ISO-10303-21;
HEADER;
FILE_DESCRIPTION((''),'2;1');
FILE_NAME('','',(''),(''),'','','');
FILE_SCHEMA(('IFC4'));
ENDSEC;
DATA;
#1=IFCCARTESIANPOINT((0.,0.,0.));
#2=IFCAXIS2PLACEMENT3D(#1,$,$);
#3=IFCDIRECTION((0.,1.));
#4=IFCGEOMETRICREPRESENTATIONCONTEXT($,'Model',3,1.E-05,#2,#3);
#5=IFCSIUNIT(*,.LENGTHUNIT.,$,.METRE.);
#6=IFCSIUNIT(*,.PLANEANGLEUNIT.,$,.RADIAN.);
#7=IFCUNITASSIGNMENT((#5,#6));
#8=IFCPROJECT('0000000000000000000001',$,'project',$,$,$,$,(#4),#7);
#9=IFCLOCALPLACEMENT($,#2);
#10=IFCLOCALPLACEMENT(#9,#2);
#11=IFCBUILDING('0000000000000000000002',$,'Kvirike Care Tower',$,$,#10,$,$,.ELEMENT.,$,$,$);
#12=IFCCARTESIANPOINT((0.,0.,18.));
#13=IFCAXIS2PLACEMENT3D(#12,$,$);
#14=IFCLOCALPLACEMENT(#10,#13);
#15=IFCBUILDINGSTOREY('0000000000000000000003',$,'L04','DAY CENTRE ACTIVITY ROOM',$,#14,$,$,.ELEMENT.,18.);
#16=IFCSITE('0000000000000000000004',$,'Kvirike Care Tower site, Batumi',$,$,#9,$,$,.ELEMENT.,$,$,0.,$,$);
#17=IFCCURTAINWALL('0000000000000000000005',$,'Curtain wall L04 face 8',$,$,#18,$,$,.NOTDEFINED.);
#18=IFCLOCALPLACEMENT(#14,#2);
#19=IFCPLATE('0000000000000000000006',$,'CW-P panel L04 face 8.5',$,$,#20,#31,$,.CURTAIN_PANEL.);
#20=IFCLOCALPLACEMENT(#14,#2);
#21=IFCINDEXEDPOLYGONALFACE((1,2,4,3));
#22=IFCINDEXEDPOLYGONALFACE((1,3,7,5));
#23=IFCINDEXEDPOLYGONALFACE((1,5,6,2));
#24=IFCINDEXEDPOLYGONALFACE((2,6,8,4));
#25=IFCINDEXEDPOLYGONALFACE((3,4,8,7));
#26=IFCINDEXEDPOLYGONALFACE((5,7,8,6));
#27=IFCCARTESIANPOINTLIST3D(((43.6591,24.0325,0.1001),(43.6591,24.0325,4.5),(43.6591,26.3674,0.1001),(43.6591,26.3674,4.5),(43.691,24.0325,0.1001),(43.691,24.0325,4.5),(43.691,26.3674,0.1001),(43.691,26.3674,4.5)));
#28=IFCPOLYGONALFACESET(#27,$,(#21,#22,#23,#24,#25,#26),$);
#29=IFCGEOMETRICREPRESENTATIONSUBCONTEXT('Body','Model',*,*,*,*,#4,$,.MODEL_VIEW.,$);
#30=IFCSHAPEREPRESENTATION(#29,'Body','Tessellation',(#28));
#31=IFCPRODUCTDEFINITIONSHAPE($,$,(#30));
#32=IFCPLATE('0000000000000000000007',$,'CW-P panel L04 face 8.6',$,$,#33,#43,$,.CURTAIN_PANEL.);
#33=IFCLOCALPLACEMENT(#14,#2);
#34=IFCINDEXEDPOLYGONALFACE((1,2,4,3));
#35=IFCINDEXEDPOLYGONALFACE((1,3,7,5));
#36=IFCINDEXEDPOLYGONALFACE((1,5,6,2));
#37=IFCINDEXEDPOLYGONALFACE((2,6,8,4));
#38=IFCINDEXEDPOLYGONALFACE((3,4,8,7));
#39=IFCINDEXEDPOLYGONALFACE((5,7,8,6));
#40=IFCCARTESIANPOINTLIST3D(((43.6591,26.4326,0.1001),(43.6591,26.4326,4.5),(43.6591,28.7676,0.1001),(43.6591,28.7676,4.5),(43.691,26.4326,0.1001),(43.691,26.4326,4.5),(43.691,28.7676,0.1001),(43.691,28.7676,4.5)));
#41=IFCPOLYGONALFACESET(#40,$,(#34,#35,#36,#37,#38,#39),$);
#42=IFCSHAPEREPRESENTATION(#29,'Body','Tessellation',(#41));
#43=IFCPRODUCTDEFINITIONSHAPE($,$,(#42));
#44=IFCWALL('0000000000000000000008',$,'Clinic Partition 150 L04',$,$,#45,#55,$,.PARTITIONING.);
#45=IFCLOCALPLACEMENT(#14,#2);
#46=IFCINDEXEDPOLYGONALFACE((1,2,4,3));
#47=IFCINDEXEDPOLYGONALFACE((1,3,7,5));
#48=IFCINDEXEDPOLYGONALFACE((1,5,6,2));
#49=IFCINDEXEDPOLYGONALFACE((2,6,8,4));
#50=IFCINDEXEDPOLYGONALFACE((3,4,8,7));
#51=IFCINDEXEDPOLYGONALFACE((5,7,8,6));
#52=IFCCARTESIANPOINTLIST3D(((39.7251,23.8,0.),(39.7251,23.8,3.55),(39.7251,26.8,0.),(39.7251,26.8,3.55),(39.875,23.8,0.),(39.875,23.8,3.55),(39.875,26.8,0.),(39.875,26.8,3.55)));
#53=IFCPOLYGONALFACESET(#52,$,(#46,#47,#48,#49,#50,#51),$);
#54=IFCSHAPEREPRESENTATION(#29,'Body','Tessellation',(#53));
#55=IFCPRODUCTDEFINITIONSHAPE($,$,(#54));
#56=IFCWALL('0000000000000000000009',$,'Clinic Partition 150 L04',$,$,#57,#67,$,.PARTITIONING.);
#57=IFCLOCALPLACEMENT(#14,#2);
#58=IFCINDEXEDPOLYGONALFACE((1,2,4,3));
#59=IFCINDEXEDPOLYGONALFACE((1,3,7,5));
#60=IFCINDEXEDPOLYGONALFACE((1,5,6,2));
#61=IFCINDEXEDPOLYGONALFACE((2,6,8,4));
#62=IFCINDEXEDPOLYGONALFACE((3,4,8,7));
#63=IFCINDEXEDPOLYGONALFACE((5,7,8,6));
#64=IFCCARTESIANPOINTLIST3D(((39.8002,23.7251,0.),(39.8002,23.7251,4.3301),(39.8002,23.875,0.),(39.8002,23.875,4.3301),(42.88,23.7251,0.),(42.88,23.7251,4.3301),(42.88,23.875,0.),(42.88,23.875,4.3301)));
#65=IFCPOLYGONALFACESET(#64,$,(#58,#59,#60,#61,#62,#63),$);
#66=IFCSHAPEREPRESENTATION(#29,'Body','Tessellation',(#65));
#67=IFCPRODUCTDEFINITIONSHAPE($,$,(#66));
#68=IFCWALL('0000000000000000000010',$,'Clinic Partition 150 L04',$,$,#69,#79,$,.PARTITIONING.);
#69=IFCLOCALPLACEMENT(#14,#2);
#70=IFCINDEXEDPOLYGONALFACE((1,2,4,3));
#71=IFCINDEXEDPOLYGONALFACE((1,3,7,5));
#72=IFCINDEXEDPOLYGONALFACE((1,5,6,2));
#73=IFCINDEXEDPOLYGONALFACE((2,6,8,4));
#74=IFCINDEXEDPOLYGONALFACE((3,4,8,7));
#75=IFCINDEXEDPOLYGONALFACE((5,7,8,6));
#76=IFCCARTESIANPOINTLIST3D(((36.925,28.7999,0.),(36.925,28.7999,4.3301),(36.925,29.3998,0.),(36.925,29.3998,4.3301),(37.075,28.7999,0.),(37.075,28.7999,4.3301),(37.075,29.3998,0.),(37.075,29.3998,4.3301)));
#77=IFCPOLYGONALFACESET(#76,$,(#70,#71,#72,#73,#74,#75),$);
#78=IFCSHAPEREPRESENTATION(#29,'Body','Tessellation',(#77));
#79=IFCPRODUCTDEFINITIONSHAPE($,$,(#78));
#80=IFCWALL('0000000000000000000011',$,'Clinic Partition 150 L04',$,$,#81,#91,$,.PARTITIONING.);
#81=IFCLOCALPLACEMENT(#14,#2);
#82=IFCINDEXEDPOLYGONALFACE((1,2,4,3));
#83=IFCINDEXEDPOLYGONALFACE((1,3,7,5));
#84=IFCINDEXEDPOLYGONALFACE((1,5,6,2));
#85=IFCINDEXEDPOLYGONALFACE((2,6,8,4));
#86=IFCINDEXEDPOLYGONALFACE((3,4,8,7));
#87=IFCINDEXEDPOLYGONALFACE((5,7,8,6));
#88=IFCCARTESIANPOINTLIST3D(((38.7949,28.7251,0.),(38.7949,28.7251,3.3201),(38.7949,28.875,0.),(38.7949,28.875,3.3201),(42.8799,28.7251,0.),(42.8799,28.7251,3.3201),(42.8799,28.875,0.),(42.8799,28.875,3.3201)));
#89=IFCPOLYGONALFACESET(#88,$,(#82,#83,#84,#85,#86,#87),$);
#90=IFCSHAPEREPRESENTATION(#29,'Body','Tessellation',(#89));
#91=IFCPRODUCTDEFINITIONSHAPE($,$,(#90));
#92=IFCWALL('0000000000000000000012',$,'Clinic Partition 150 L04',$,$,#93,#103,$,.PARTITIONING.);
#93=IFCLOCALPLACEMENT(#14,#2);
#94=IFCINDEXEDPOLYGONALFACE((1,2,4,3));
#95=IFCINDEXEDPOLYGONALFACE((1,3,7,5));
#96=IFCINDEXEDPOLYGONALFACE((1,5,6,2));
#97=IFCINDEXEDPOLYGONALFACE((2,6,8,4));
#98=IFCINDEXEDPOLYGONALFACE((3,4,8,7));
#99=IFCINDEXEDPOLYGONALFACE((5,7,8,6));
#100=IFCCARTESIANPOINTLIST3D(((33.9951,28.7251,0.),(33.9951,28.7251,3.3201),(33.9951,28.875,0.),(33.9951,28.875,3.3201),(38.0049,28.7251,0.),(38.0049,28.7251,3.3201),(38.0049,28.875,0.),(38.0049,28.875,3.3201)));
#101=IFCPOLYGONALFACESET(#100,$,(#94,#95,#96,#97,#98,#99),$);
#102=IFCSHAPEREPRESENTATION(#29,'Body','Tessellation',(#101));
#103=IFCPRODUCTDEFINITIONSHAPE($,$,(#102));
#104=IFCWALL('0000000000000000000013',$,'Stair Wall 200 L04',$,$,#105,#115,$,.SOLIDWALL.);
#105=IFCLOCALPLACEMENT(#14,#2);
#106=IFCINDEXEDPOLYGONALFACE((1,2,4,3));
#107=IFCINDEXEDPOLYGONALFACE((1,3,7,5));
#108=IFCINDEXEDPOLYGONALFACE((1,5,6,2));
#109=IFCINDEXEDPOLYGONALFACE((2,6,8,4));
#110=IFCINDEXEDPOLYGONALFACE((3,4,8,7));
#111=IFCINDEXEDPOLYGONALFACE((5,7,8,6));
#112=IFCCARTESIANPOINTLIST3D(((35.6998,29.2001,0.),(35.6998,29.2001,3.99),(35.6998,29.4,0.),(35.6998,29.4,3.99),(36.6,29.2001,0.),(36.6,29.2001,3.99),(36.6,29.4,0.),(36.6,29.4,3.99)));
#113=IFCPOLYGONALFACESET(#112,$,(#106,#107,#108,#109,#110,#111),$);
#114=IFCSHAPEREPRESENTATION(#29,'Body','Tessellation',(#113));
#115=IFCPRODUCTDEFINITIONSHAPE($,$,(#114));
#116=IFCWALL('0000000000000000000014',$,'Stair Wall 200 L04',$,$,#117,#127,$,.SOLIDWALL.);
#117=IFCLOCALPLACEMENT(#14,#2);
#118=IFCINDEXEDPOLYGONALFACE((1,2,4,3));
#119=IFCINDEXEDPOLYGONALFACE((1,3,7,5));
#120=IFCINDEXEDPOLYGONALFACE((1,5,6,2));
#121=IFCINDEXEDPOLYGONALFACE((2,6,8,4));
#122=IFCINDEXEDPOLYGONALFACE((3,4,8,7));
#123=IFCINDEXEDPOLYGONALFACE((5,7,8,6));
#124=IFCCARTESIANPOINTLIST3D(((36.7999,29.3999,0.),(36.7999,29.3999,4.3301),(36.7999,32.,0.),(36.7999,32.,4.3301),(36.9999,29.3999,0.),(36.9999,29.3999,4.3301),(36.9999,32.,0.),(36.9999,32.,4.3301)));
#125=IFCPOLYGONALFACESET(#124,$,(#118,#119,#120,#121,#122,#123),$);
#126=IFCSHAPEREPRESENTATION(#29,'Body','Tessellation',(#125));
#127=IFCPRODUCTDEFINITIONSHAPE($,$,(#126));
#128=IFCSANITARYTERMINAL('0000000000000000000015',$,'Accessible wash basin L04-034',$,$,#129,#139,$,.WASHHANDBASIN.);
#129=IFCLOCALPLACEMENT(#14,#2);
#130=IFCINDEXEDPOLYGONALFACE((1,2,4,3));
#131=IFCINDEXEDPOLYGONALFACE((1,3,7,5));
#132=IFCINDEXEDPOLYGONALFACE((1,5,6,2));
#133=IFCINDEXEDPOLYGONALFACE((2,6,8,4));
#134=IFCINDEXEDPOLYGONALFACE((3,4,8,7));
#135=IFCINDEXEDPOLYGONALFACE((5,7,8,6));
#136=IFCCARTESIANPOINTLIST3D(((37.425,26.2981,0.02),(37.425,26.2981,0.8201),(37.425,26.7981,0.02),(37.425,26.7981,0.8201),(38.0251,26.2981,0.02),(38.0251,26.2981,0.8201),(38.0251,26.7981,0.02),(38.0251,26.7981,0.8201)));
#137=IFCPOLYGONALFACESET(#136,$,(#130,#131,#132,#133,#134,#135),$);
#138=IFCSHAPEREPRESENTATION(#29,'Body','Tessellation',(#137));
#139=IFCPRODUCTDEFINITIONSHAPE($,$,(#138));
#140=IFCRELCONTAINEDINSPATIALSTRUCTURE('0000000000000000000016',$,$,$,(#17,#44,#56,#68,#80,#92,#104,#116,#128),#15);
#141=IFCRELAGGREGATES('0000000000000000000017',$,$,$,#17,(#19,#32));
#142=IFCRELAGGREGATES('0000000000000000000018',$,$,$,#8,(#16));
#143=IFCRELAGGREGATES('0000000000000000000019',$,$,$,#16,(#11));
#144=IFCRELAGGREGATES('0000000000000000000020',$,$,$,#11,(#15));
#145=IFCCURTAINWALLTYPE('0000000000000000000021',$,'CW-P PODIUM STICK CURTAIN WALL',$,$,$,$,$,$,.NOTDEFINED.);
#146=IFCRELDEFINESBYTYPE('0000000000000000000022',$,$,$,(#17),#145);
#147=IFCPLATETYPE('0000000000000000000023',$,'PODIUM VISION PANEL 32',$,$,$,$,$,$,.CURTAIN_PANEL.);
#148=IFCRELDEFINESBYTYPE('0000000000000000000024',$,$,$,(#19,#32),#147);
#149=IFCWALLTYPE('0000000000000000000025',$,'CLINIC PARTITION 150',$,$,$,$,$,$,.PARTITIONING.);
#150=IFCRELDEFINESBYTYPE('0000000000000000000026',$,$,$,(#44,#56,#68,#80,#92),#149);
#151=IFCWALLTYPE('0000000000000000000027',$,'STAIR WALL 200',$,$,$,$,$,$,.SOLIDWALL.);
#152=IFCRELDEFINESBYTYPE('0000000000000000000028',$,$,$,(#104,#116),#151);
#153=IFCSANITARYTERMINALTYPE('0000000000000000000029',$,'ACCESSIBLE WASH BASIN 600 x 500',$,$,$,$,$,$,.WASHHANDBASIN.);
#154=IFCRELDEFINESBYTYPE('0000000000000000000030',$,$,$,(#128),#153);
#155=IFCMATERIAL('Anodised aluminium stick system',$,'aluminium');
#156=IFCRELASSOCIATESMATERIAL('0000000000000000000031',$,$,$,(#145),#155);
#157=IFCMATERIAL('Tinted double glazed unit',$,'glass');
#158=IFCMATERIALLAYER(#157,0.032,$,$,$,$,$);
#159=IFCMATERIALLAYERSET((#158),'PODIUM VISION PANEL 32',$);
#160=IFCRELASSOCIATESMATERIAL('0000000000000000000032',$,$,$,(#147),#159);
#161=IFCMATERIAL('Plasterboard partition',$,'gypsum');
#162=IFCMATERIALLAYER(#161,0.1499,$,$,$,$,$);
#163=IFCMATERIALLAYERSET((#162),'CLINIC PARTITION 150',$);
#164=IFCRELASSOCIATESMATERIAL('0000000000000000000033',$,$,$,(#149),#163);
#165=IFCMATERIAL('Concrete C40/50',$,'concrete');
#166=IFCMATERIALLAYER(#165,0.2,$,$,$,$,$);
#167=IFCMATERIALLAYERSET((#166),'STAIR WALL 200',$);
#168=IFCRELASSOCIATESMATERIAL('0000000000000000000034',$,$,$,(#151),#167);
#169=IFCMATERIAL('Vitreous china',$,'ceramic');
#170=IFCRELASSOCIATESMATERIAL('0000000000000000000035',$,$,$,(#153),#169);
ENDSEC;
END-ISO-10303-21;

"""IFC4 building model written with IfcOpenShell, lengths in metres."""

from ifc_helpers import new_model, si_unit, direction, frame, frame_2d, origin, origin_2d, place, context, subcontext, project, spatial, rectangle, extrude, material, layer, layer_set, type_object, element, aggregate, save


model = new_model("IFC4")

# Units and contexts
model_context = context("Model", 3, precision=1e-05, world=origin(), true_north=direction((0.0, 1.0)))
body_context = subcontext(model_context, "Body", "Model", "MODEL_VIEW")
ifc_project = project(units=[si_unit("LENGTHUNIT", "METRE"), si_unit("PLANEANGLEUNIT", "RADIAN")], contexts=[model_context])

# Site, building, storey
site_placement = place(None, origin())
site = spatial("IfcSite", under=ifc_project, at=site_placement, Name="Kvirike Care Tower site, Batumi", CompositionType="ELEMENT", RefElevation=0.0)
building_placement = place(site_placement, origin())
building = spatial("IfcBuilding", under=site, at=building_placement, Name="Kvirike Care Tower", CompositionType="ELEMENT")
storey_placement = place(building_placement, frame((0.0, 0.0, 18.0)))
storey = spatial("IfcBuildingStorey", under=building, at=storey_placement, Name="L04", Description="DAY CENTRE ACTIVITY ROOM", CompositionType="ELEMENT", Elevation=18.0)

# Curtain wall
ifc_material_1 = material(Name="Anodised aluminium stick system", Category="aluminium")
curtain_wall_type = type_object("IfcCurtainWallType", Name="CW-P PODIUM STICK CURTAIN WALL", PredefinedType="NOTDEFINED", material=ifc_material_1)
curtain_wall_placement = place(storey_placement, origin())
curtain_wall = element("IfcCurtainWall", 1, at=curtain_wall_placement, inside=storey, type_object=curtain_wall_type, Name="Curtain wall L04 face 8", PredefinedType="NOTDEFINED")

# Plates
ifc_material_2 = material(Name="Tinted double glazed unit", Category="glass")
ifc_layer_1 = layer(ifc_material_2, 0.032)
ifc_layer_set_1 = layer_set([ifc_layer_1], Name="PODIUM VISION PANEL 32")
plate_type = type_object("IfcPlateType", Name="PODIUM VISION PANEL 32", PredefinedType="CURTAIN_PANEL", material=ifc_layer_set_1)
plate_1_placement = place(storey_placement, frame((43.675, 25.2, 0.1001), z_axis=(0.0, 0.0, 1.0), x_axis=(0.0, 1.0, 0.0)))
plate_1 = element("IfcPlate", 2, at=plate_1_placement, type_object=plate_type, Name="CW-P panel L04 face 8.5", PredefinedType="CURTAIN_PANEL", context=body_context, shape_type="SweptSolid", body=[
    extrude(rectangle(XDim=2.335, YDim=0.032, at=origin_2d()), origin(), (0.0, 0.0, 1.0), 4.3999),
])
plate_2_placement = place(storey_placement, frame((43.675, 27.6001, 0.1001), z_axis=(0.0, 0.0, 1.0), x_axis=(0.0, 1.0, 0.0)))
plate_2 = element("IfcPlate", 3, at=plate_2_placement, type_object=plate_type, Name="CW-P panel L04 face 8.6", PredefinedType="CURTAIN_PANEL", context=body_context, shape_type="SweptSolid", body=[
    extrude(rectangle(XDim=2.335, YDim=0.032, at=origin_2d()), origin(), (0.0, 0.0, 1.0), 4.3999),
])
aggregate(curtain_wall, [plate_1, plate_2])

# Walls
ifc_material_3 = material(Name="Plasterboard partition", Category="gypsum")
ifc_layer_2 = layer(ifc_material_3, 0.1499)
ifc_layer_set_2 = layer_set([ifc_layer_2], Name="CLINIC PARTITION 150")
wall_type_1 = type_object("IfcWallType", Name="CLINIC PARTITION 150", PredefinedType="PARTITIONING", material=ifc_layer_set_2)
wall_1_placement = place(storey_placement, frame((39.8, 23.8, 0.0), z_axis=(0.0, 0.0, 1.0), x_axis=(0.0, 1.0, 0.0)))
element("IfcWall", 4, at=wall_1_placement, inside=storey, type_object=wall_type_1, Name="Clinic Partition 150 L04", PredefinedType="PARTITIONING", context=body_context, shape_type="SweptSolid", body=[
    extrude(rectangle(XDim=3.0, YDim=0.1499, at=frame_2d((1.5, 0.0))), origin(), (0.0, 0.0, 1.0), 3.55),
])
wall_2_placement = place(storey_placement, frame((39.8, 23.8, 0.0), z_axis=(0.0, 0.0, 1.0), x_axis=(1.0, 0.0, 0.0)))
element("IfcWall", 5, at=wall_2_placement, inside=storey, type_object=wall_type_1, Name="Clinic Partition 150 L04", PredefinedType="PARTITIONING", context=body_context, shape_type="SweptSolid", body=[
    extrude(rectangle(XDim=3.0798, YDim=0.1499, at=frame_2d((1.54, 0.0))), origin(), (0.0, 0.0, 1.0), 4.3301),
])
wall_3_placement = place(storey_placement, frame((37.0, 28.8, 0.0), z_axis=(0.0, 0.0, 1.0), x_axis=(0.0, 1.0, 0.0)))
element("IfcWall", 6, at=wall_3_placement, inside=storey, type_object=wall_type_1, Name="Clinic Partition 150 L04", PredefinedType="PARTITIONING", context=body_context, shape_type="SweptSolid", body=[
    extrude(rectangle(XDim=0.5999, YDim=0.1499, at=frame_2d((0.2998, 0.0))), origin(), (0.0, 0.0, 1.0), 4.3301),
])
wall_4_placement = place(storey_placement, frame((42.8799, 28.8, 0.0), z_axis=(0.0, 0.0, 1.0), x_axis=(-1.0, 0.0, 0.0)))
element("IfcWall", 7, at=wall_4_placement, inside=storey, type_object=wall_type_1, Name="Clinic Partition 150 L04", PredefinedType="PARTITIONING", context=body_context, shape_type="SweptSolid", body=[
    extrude(rectangle(XDim=4.085, YDim=0.1499, at=frame_2d((2.0425, 0.0))), origin(), (0.0, 0.0, 1.0), 3.3201),
])
wall_5_placement = place(storey_placement, frame((38.0049, 28.8, 0.0), z_axis=(0.0, 0.0, 1.0), x_axis=(-1.0, 0.0, 0.0)))
element("IfcWall", 8, at=wall_5_placement, inside=storey, type_object=wall_type_1, Name="Clinic Partition 150 L04", PredefinedType="PARTITIONING", context=body_context, shape_type="SweptSolid", body=[
    extrude(rectangle(XDim=4.0098, YDim=0.1499, at=frame_2d((2.0049, 0.0))), origin(), (0.0, 0.0, 1.0), 3.3201),
])
ifc_material_4 = material(Name="Concrete C40/50", Category="concrete")
ifc_layer_3 = layer(ifc_material_4, 0.2)
ifc_layer_set_3 = layer_set([ifc_layer_3], Name="STAIR WALL 200")
wall_type_2 = type_object("IfcWallType", Name="STAIR WALL 200", PredefinedType="SOLIDWALL", material=ifc_layer_set_3)
wall_6_placement = place(storey_placement, frame((36.6001, 29.3, 0.0), z_axis=(0.0, 0.0, 1.0), x_axis=(-1.0, 0.0, 0.0)))
element("IfcWall", 9, at=wall_6_placement, inside=storey, type_object=wall_type_2, Name="Stair Wall 200 L04", PredefinedType="SOLIDWALL", context=body_context, shape_type="SweptSolid", body=[
    extrude(rectangle(XDim=0.9001, YDim=0.2, at=frame_2d((0.4502, 0.0))), origin(), (0.0, 0.0, 1.0), 3.99),
])
wall_7_placement = place(storey_placement, frame((36.8999, 29.3999, 0.0), z_axis=(0.0, 0.0, 1.0), x_axis=(0.0, 1.0, 0.0)))
element("IfcWall", 10, at=wall_7_placement, inside=storey, type_object=wall_type_2, Name="Stair Wall 200 L04", PredefinedType="SOLIDWALL", context=body_context, shape_type="SweptSolid", body=[
    extrude(rectangle(XDim=2.6001, YDim=0.2, at=frame_2d((1.3, 0.0))), origin(), (0.0, 0.0, 1.0), 4.3301),
])

# Sanitary terminal
ifc_material_5 = material(Name="Vitreous china", Category="ceramic")
sanitary_terminal_type = type_object("IfcSanitaryTerminalType", Name="ACCESSIBLE WASH BASIN 600 x 500", PredefinedType="WASHHANDBASIN", material=ifc_material_5)
sanitary_terminal_placement = place(storey_placement, frame((37.7251, 26.5481, 0.02), z_axis=(0.0, 0.0, 1.0), x_axis=(1.0, 0.0, 0.0)))
element("IfcSanitaryTerminal", 11, at=sanitary_terminal_placement, inside=storey, type_object=sanitary_terminal_type, Name="Accessible wash basin L04-034", PredefinedType="WASHHANDBASIN", context=body_context, shape_type="SweptSolid", body=[
    extrude(rectangle(XDim=0.6001, YDim=0.5, at=origin_2d()), origin(), (0.0, 0.0, 1.0), 0.8),
])

save(model, "model.ifc")
